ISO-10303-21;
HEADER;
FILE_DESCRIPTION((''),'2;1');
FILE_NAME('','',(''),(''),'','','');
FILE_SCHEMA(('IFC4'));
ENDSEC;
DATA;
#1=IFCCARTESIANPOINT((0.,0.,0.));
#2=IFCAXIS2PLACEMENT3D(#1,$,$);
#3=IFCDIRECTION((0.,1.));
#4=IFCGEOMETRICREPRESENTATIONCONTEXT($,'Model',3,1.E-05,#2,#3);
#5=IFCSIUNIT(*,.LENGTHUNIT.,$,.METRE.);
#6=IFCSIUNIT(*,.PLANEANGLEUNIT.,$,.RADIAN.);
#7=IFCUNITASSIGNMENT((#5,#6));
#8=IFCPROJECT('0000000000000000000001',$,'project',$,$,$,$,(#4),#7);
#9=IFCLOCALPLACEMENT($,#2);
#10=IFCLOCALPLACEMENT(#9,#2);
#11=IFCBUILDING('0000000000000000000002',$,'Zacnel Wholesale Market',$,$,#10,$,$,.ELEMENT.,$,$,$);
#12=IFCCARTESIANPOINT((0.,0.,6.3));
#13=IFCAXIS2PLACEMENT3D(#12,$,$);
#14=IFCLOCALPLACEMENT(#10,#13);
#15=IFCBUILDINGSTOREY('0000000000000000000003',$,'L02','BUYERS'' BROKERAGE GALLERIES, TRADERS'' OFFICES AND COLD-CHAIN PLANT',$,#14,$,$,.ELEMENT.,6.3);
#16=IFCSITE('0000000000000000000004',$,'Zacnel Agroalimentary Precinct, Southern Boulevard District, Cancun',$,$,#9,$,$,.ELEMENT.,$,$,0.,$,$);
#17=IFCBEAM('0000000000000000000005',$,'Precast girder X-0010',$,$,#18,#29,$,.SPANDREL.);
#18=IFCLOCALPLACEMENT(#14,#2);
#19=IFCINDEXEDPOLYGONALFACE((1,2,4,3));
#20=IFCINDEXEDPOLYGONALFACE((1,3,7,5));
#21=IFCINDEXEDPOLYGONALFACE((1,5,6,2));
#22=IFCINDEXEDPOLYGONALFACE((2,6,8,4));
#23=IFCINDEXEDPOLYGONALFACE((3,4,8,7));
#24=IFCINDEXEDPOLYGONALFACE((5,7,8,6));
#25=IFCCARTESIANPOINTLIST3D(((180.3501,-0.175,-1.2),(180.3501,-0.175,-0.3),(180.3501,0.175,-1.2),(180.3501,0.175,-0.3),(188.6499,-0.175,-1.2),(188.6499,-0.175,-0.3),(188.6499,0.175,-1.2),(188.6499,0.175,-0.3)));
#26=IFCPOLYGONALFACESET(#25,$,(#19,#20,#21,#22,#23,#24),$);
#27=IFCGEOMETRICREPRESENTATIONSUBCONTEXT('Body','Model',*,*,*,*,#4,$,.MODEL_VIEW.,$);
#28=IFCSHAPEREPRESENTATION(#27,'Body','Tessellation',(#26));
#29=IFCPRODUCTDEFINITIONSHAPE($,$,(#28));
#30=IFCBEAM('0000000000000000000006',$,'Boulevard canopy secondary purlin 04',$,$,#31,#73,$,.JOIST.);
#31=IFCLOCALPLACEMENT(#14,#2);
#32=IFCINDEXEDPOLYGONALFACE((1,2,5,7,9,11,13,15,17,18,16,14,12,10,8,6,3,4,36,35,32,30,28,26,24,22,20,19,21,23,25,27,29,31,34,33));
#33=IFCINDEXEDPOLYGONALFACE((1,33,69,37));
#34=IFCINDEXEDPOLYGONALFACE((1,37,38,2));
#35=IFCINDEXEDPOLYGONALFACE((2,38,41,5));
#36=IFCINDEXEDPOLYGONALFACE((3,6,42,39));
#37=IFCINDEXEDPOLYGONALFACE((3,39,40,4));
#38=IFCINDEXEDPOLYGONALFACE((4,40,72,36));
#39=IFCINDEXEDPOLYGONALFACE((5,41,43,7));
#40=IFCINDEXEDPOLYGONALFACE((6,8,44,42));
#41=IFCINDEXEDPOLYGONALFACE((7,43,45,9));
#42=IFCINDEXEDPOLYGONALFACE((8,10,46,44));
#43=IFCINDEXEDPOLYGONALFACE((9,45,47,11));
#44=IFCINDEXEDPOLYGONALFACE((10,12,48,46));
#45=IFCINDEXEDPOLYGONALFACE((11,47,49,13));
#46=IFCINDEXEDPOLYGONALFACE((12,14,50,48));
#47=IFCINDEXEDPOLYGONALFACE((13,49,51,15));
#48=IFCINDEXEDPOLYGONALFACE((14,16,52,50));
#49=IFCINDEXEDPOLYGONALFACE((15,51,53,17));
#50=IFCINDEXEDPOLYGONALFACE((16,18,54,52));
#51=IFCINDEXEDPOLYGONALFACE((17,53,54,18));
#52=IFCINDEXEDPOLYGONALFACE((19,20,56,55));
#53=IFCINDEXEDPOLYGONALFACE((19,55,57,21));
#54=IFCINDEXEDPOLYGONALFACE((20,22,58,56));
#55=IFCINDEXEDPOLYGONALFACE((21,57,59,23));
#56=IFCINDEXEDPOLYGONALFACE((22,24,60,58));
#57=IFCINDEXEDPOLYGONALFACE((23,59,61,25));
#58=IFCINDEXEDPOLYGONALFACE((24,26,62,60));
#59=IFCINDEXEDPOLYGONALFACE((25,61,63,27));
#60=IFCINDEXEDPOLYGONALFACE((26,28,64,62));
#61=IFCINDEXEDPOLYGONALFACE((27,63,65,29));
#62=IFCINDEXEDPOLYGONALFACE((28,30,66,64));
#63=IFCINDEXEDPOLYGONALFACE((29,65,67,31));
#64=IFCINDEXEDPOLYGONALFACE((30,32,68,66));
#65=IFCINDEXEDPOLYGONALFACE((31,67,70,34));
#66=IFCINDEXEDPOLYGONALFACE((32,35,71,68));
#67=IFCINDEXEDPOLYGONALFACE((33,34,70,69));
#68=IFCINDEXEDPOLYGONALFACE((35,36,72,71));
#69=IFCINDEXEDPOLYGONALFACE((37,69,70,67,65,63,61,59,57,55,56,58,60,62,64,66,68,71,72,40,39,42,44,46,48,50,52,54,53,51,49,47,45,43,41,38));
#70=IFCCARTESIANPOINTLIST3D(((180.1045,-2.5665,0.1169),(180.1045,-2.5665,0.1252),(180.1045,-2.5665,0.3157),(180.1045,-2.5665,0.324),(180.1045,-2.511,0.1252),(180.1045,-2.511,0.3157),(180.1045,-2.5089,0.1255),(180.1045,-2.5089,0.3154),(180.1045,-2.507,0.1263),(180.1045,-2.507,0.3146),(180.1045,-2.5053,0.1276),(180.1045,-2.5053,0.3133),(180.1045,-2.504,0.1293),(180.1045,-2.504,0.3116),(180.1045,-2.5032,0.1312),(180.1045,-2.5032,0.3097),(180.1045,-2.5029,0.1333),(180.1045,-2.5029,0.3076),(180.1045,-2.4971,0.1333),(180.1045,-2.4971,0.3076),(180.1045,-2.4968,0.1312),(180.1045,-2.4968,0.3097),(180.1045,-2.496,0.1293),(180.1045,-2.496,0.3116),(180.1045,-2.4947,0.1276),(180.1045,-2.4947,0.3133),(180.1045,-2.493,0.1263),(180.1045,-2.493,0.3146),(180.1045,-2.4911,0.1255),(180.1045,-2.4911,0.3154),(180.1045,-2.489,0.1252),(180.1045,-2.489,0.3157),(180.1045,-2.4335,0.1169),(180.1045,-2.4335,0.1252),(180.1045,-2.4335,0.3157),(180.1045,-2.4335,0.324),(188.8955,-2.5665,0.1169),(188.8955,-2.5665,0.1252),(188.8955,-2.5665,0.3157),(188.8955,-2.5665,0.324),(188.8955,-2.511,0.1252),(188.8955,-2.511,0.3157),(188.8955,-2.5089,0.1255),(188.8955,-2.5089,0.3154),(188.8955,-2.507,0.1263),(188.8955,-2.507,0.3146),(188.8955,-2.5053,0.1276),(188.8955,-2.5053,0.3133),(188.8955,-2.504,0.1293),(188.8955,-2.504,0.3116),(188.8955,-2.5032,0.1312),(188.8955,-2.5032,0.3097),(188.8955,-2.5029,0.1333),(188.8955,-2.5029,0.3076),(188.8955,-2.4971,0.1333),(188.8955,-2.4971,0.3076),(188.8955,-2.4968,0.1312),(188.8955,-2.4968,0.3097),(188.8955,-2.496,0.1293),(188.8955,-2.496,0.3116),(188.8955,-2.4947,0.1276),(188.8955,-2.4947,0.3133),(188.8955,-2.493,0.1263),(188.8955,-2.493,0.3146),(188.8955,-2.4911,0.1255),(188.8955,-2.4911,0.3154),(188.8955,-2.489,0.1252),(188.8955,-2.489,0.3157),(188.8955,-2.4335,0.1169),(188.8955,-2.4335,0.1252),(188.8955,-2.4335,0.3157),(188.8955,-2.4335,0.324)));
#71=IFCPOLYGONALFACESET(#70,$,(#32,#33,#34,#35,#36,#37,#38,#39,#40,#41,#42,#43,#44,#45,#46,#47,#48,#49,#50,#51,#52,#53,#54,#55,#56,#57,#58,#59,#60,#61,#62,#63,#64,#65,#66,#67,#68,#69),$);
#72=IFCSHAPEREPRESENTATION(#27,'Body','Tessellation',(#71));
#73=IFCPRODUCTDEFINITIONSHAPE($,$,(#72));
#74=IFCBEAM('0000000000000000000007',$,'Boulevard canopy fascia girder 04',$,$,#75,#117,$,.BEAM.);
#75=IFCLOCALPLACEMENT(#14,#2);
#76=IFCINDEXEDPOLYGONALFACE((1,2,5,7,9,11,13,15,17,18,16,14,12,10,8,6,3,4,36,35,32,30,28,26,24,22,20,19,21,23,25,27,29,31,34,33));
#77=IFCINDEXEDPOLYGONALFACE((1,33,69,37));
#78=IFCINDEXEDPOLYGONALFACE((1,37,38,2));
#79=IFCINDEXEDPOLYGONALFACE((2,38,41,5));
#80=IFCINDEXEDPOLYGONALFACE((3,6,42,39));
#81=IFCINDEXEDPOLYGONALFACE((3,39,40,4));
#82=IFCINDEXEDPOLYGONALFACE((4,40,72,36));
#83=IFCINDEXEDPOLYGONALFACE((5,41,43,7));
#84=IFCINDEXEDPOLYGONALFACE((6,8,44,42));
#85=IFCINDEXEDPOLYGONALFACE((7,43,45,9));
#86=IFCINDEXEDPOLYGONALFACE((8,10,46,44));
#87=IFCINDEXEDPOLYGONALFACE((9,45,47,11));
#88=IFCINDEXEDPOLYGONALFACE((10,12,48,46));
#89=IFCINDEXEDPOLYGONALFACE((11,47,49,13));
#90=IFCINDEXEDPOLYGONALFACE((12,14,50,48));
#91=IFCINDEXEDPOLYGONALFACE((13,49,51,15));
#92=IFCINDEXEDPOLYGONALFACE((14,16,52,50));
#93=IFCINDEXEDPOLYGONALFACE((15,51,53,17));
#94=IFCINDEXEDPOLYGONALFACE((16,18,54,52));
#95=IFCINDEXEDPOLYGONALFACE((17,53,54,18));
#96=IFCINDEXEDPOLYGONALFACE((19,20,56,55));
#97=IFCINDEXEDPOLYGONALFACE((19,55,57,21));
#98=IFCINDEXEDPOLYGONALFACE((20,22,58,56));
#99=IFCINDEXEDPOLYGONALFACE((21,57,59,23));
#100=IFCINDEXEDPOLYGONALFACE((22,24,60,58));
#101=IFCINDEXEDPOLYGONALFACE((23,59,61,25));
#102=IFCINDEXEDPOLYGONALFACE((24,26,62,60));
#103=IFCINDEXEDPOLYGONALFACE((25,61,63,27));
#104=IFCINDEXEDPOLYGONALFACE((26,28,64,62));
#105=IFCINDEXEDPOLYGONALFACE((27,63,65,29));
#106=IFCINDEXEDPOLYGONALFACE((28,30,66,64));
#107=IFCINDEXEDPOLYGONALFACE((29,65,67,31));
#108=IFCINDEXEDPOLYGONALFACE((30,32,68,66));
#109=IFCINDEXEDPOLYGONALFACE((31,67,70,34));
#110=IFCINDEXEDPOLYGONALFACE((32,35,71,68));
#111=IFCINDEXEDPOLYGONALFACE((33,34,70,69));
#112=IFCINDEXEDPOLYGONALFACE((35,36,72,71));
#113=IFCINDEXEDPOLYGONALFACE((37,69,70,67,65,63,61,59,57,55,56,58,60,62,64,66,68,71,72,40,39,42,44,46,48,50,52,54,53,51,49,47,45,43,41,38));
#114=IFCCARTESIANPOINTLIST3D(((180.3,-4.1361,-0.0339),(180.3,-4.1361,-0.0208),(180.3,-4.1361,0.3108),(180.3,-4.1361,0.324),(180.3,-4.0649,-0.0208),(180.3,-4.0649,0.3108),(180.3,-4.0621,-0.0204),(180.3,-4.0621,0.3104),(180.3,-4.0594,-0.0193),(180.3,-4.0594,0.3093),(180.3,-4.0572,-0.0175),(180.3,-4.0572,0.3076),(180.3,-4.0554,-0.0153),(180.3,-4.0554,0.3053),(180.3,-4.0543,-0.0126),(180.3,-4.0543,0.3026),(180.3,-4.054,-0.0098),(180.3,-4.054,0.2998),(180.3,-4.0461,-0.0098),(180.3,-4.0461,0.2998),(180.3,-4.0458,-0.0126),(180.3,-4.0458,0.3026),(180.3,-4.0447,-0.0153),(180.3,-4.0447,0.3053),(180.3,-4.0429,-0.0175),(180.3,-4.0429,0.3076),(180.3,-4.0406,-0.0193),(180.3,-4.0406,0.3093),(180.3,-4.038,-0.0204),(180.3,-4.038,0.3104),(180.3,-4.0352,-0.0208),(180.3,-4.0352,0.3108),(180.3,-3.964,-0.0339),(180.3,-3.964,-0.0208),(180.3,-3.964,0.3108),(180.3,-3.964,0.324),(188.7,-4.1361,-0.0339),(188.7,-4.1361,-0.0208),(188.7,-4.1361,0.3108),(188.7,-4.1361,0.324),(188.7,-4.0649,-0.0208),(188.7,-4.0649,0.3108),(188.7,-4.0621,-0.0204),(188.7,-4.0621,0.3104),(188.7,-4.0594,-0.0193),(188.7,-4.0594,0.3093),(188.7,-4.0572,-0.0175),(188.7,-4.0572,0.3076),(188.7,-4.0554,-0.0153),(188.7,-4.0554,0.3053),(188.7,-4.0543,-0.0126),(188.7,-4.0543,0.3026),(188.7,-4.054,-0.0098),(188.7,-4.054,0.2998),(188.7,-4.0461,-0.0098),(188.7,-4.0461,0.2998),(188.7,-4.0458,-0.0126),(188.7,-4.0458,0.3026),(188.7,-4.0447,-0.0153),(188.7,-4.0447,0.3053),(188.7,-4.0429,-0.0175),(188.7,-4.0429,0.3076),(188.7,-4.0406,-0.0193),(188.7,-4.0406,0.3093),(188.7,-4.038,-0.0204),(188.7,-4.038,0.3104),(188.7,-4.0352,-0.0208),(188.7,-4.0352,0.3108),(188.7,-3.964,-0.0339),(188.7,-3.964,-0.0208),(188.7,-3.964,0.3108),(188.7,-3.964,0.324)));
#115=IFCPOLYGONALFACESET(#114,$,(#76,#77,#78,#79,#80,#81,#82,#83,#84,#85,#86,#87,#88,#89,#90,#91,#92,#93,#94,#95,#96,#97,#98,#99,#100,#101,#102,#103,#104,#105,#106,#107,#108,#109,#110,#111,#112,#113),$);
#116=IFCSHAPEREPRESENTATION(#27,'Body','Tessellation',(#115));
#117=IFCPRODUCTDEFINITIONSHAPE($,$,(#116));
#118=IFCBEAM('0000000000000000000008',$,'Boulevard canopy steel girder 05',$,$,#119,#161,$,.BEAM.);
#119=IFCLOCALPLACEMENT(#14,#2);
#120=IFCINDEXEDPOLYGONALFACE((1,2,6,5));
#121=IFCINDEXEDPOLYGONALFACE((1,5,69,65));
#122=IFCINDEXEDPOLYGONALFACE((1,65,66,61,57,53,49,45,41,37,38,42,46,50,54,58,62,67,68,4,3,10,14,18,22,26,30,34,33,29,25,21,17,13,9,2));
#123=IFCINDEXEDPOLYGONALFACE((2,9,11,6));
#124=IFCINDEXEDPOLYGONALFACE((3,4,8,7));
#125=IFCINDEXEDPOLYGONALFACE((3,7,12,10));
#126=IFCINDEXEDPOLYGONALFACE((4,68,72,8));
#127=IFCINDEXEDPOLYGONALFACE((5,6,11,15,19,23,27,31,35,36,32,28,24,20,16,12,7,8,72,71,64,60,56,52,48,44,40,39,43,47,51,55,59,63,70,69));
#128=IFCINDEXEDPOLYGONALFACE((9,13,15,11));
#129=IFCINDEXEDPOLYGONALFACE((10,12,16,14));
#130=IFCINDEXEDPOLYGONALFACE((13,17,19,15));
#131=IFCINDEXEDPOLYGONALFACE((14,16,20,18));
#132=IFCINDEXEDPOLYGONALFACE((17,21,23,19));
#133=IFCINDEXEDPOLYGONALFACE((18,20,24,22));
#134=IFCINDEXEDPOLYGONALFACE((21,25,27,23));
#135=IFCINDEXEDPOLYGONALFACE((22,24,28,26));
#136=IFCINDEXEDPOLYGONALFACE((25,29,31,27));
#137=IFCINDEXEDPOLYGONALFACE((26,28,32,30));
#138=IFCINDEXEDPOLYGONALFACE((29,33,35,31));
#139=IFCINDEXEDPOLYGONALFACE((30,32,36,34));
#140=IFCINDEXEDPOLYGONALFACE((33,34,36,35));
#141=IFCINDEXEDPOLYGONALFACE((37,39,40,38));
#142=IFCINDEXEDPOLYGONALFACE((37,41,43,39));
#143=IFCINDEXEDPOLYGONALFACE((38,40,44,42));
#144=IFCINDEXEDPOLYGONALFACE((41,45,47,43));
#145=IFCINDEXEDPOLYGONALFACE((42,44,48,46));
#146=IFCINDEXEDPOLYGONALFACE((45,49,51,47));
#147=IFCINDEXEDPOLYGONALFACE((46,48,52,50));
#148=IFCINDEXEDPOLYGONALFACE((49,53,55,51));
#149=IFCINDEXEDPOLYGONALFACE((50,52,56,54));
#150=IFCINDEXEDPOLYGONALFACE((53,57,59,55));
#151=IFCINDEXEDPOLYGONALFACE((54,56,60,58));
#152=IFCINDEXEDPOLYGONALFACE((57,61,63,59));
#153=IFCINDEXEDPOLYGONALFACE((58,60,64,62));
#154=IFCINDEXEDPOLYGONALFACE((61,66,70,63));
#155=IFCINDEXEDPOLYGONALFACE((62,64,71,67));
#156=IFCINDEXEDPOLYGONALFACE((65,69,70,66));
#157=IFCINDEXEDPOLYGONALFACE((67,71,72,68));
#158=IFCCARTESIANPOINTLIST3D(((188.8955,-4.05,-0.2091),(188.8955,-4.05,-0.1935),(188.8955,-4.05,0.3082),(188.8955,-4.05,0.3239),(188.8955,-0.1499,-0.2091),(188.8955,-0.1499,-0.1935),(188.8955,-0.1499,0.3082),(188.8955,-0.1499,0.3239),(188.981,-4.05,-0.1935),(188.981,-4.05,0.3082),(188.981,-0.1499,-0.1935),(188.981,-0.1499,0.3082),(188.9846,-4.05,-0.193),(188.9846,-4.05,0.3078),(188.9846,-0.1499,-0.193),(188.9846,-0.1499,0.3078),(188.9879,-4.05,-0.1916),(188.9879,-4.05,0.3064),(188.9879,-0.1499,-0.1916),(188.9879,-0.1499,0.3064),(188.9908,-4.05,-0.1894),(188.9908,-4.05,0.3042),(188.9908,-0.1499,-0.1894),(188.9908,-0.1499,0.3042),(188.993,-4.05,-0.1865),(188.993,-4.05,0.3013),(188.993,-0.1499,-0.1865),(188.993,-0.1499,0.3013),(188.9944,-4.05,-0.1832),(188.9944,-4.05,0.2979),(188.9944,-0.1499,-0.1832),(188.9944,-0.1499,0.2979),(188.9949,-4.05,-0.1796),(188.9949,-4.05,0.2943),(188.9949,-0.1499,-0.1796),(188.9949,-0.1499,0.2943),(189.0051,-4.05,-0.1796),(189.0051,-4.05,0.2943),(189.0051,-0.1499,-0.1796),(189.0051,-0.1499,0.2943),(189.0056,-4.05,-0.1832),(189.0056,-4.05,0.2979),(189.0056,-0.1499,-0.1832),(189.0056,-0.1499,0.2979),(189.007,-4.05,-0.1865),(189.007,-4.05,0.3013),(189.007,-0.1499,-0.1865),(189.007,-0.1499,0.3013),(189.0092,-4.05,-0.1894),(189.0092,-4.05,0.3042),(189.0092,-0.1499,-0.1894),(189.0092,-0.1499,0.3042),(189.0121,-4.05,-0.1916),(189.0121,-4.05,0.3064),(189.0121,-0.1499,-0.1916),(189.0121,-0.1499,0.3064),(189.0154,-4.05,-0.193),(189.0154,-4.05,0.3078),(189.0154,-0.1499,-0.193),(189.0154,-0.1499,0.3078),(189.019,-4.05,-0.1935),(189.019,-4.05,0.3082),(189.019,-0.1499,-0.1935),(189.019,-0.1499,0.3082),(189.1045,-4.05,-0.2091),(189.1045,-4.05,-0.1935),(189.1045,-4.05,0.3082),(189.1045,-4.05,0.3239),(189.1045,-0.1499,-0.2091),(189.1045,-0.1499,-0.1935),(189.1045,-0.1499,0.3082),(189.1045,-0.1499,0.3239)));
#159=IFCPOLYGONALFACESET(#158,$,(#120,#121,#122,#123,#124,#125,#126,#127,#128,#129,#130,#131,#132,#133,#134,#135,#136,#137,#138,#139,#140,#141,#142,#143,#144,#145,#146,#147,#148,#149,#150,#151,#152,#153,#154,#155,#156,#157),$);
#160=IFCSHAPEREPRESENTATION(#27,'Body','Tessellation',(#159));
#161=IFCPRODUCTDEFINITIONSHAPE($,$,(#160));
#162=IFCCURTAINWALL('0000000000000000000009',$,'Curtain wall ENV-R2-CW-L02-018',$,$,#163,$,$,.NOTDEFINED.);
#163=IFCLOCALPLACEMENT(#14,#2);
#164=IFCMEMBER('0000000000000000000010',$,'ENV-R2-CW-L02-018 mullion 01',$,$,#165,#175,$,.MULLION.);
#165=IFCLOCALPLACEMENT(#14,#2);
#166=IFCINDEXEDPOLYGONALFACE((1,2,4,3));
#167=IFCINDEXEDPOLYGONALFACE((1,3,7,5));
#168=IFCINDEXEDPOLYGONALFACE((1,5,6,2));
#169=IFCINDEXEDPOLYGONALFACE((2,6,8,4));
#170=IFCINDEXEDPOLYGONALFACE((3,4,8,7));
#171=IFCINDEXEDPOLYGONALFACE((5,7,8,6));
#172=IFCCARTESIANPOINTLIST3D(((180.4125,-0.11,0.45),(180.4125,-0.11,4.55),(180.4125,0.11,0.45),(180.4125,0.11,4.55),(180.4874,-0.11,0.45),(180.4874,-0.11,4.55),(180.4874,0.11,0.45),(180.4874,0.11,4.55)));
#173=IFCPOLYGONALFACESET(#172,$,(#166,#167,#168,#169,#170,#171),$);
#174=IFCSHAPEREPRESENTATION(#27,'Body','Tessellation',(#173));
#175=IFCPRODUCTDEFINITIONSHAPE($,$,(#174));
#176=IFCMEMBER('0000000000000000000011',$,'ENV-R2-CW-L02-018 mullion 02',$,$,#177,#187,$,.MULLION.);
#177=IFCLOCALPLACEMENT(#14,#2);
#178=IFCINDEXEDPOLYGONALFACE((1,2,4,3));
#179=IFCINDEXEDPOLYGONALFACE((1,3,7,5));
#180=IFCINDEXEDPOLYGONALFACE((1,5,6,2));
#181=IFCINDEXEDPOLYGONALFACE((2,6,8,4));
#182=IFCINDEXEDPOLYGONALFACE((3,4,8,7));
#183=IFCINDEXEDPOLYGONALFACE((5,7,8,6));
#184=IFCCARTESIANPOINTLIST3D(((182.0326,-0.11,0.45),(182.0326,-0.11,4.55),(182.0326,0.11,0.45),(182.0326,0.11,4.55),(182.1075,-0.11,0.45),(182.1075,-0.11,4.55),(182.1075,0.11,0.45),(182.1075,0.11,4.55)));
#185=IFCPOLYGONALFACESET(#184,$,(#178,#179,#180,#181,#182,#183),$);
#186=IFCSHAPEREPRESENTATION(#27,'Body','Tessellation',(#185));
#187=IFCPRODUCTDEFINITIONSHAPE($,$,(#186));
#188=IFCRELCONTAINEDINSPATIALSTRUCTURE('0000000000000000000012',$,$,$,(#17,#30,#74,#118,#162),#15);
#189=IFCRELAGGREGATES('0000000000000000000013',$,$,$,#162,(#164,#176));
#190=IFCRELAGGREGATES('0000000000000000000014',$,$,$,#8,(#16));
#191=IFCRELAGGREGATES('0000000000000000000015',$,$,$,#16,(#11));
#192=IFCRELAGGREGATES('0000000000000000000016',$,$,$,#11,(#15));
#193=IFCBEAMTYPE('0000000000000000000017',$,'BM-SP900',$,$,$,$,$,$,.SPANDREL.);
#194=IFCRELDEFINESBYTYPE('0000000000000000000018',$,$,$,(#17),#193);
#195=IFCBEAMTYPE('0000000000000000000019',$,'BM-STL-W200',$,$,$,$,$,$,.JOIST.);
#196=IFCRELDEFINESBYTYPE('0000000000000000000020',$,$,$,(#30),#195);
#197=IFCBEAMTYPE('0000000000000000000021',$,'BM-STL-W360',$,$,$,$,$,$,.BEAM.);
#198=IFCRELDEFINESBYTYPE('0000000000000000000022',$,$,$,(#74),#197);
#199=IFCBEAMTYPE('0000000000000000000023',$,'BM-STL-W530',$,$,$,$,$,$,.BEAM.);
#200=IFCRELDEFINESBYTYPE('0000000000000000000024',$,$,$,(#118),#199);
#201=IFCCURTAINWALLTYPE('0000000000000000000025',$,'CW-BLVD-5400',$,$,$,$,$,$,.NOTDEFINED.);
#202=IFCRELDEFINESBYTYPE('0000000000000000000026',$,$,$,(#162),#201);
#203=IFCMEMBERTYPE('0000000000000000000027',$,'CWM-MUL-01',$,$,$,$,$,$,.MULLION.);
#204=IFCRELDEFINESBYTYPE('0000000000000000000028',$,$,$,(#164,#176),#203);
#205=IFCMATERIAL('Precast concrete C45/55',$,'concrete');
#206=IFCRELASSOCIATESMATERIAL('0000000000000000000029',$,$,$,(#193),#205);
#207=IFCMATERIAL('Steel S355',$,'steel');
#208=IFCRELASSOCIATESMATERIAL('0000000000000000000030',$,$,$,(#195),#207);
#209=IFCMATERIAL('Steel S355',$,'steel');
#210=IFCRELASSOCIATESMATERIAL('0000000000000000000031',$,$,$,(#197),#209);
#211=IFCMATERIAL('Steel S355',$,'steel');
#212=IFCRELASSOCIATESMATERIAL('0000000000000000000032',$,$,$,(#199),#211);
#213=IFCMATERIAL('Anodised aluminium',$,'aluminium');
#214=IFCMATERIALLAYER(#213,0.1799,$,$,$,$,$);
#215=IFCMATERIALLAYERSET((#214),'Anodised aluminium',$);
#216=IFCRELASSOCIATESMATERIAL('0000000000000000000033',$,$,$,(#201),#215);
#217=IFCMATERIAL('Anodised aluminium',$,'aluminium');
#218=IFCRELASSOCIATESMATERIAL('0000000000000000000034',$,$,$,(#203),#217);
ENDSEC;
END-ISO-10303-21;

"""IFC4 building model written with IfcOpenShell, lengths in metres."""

from ifc_helpers import new_model, si_unit, direction, frame, origin, origin_2d, place, context, subcontext, project, spatial, rectangle, i_section, extrude, material, layer, layer_set, material_profile, profile_set, type_object, element, aggregate, save


model = new_model("IFC4")

# Units and contexts
model_context = context("Model", 3, precision=1e-05, world=origin(), true_north=direction((0.0, 1.0)))
body_context = subcontext(model_context, "Body", "Model", "MODEL_VIEW")
ifc_project = project(units=[si_unit("LENGTHUNIT", "METRE"), si_unit("PLANEANGLEUNIT", "RADIAN")], contexts=[model_context])

# Site, building, storey
site_placement = place(None, origin())
site = spatial("IfcSite", under=ifc_project, at=site_placement, Name="Zacnel Agroalimentary Precinct, Southern Boulevard District, Cancun", CompositionType="ELEMENT", RefElevation=0.0)
building_placement = place(site_placement, origin())
building = spatial("IfcBuilding", under=site, at=building_placement, Name="Zacnel Wholesale Market", CompositionType="ELEMENT")
storey_placement = place(building_placement, frame((0.0, 0.0, 6.3)))
storey = spatial("IfcBuildingStorey", under=building, at=storey_placement, Name="L02", Description="BUYERS' BROKERAGE GALLERIES, TRADERS' OFFICES AND COLD-CHAIN PLANT", CompositionType="ELEMENT", Elevation=6.3)

# Beams
ifc_material_1 = material(Name="Precast concrete C45/55", Category="concrete")
ifc_material_profile_1 = material_profile(ifc_material_1, rectangle(XDim=0.3501, YDim=0.8999, at=origin_2d()), Name="SP 350x900")
ifc_profile_set_1 = profile_set([ifc_material_profile_1], Name="Precast concrete C45/55")
beam_type_1 = type_object("IfcBeamType", Name="BM-SP900", PredefinedType="SPANDREL", material=ifc_profile_set_1)
beam_1_placement = place(storey_placement, frame((180.3501, 0.0, -0.75), z_axis=(1.0, 0.0, 0.0), x_axis=(0.0, 1.0, 0.0)))
element("IfcBeam", 1, at=beam_1_placement, inside=storey, type_object=beam_type_1, Name="Precast girder X-0010", PredefinedType="SPANDREL", context=body_context, shape_type="SweptSolid", body=[
    extrude(rectangle(XDim=0.3501, YDim=0.8999, at=origin_2d()), origin(), (0.0, 0.0, 1.0), 8.2998),
])
ifc_material_2 = material(Name="Steel S355", Category="steel")
ifc_material_profile_2 = material_profile(ifc_material_2, i_section(OverallWidth=0.1331, OverallDepth=0.207, WebThickness=0.0059, FlangeThickness=0.0083, FilletRadius=0.0081, at=origin_2d()), Name="W200X26.6")
ifc_profile_set_2 = profile_set([ifc_material_profile_2], Name="Steel S355")
beam_type_2 = type_object("IfcBeamType", Name="BM-STL-W200", PredefinedType="JOIST", material=ifc_profile_set_2)
beam_2_placement = place(storey_placement, frame((180.1045, -2.5, 0.2205), z_axis=(1.0, 0.0, 0.0), x_axis=(0.0, 1.0, 0.0)))
element("IfcBeam", 2, at=beam_2_placement, inside=storey, type_object=beam_type_2, Name="Boulevard canopy secondary purlin 04", PredefinedType="JOIST", context=body_context, shape_type="SweptSolid", body=[
    extrude(i_section(OverallWidth=0.1331, OverallDepth=0.207, WebThickness=0.0059, FlangeThickness=0.0083, FilletRadius=0.0081, at=origin_2d()), origin(), (0.0, 0.0, 1.0), 8.791),
])
ifc_material_3 = material(Name="Steel S355", Category="steel")
ifc_material_profile_3 = material_profile(ifc_material_3, i_section(OverallWidth=0.1721, OverallDepth=0.3579, WebThickness=0.0078, FlangeThickness=0.0132, FilletRadius=0.011, at=origin_2d()), Name="W360X57.8")
ifc_profile_set_3 = profile_set([ifc_material_profile_3], Name="Steel S355")
beam_type_3 = type_object("IfcBeamType", Name="BM-STL-W360", PredefinedType="BEAM", material=ifc_profile_set_3)
beam_3_placement = place(storey_placement, frame((180.3, -4.05, 0.145), z_axis=(1.0, 0.0, 0.0), x_axis=(0.0, 1.0, 0.0)))
element("IfcBeam", 3, at=beam_3_placement, inside=storey, type_object=beam_type_3, Name="Boulevard canopy fascia girder 04", PredefinedType="BEAM", context=body_context, shape_type="SweptSolid", body=[
    extrude(i_section(OverallWidth=0.1721, OverallDepth=0.3579, WebThickness=0.0078, FlangeThickness=0.0132, FilletRadius=0.011, at=origin_2d()), origin(), (0.0, 0.0, 1.0), 8.3999),
])
ifc_material_4 = material(Name="Steel S355", Category="steel")
ifc_material_profile_4 = material_profile(ifc_material_4, i_section(OverallWidth=0.209, OverallDepth=0.533, WebThickness=0.0103, FlangeThickness=0.0156, FilletRadius=0.0139, at=origin_2d()), Name="W530X92")
ifc_profile_set_4 = profile_set([ifc_material_profile_4], Name="Steel S355")
beam_type_4 = type_object("IfcBeamType", Name="BM-STL-W530", PredefinedType="BEAM", material=ifc_profile_set_4)
beam_4_placement = place(storey_placement, frame((189.0, -0.1499, 0.0574), z_axis=(0.0, -1.0, 0.0), x_axis=(1.0, 0.0, 0.0)))
element("IfcBeam", 4, at=beam_4_placement, inside=storey, type_object=beam_type_4, Name="Boulevard canopy steel girder 05", PredefinedType="BEAM", context=body_context, shape_type="SweptSolid", body=[
    extrude(i_section(OverallWidth=0.209, OverallDepth=0.533, WebThickness=0.0103, FlangeThickness=0.0156, FilletRadius=0.0139, at=origin_2d()), origin(), (0.0, 0.0, 1.0), 3.9001),
])

# Curtain wall, members
ifc_material_5 = material(Name="Anodised aluminium", Category="aluminium")
ifc_layer_1 = layer(ifc_material_5, 0.1799)
ifc_layer_set_1 = layer_set([ifc_layer_1], Name="Anodised aluminium")
curtain_wall_type = type_object("IfcCurtainWallType", Name="CW-BLVD-5400", PredefinedType="NOTDEFINED", material=ifc_layer_set_1)
curtain_wall_placement = place(storey_placement, origin())
curtain_wall = element("IfcCurtainWall", 5, at=curtain_wall_placement, inside=storey, type_object=curtain_wall_type, Name="Curtain wall ENV-R2-CW-L02-018", PredefinedType="NOTDEFINED")
ifc_material_6 = material(Name="Anodised aluminium", Category="aluminium")
ifc_material_profile_5 = material_profile(ifc_material_6, rectangle(XDim=0.075, YDim=0.22, at=origin_2d()), Name="AW-MULLION 75x220")
ifc_profile_set_5 = profile_set([ifc_material_profile_5], Name="Anodised aluminium")
member_type_1 = type_object("IfcMemberType", Name="CWM-MUL-01", PredefinedType="MULLION", material=ifc_profile_set_5)
member_1_placement = place(storey_placement, frame((180.45, 0.0, 0.45), z_axis=(0.0, 0.0, 1.0), x_axis=(1.0, 0.0, 0.0)))
member_1 = element("IfcMember", 6, at=member_1_placement, type_object=member_type_1, Name="ENV-R2-CW-L02-018 mullion 01", PredefinedType="MULLION", context=body_context, shape_type="SweptSolid", body=[
    extrude(rectangle(XDim=0.075, YDim=0.22, at=origin_2d()), origin(), (0.0, 0.0, 1.0), 4.1001),
])
member_2_placement = place(storey_placement, frame((182.0701, 0.0, 0.45), z_axis=(0.0, 0.0, 1.0), x_axis=(1.0, 0.0, 0.0)))
member_2 = element("IfcMember", 7, at=member_2_placement, type_object=member_type_1, Name="ENV-R2-CW-L02-018 mullion 02", PredefinedType="MULLION", context=body_context, shape_type="SweptSolid", body=[
    extrude(rectangle(XDim=0.075, YDim=0.22, at=origin_2d()), origin(), (0.0, 0.0, 1.0), 4.1001),
])

aggregate(curtain_wall, [member_1, member_2])

save(model, "model.ifc")
